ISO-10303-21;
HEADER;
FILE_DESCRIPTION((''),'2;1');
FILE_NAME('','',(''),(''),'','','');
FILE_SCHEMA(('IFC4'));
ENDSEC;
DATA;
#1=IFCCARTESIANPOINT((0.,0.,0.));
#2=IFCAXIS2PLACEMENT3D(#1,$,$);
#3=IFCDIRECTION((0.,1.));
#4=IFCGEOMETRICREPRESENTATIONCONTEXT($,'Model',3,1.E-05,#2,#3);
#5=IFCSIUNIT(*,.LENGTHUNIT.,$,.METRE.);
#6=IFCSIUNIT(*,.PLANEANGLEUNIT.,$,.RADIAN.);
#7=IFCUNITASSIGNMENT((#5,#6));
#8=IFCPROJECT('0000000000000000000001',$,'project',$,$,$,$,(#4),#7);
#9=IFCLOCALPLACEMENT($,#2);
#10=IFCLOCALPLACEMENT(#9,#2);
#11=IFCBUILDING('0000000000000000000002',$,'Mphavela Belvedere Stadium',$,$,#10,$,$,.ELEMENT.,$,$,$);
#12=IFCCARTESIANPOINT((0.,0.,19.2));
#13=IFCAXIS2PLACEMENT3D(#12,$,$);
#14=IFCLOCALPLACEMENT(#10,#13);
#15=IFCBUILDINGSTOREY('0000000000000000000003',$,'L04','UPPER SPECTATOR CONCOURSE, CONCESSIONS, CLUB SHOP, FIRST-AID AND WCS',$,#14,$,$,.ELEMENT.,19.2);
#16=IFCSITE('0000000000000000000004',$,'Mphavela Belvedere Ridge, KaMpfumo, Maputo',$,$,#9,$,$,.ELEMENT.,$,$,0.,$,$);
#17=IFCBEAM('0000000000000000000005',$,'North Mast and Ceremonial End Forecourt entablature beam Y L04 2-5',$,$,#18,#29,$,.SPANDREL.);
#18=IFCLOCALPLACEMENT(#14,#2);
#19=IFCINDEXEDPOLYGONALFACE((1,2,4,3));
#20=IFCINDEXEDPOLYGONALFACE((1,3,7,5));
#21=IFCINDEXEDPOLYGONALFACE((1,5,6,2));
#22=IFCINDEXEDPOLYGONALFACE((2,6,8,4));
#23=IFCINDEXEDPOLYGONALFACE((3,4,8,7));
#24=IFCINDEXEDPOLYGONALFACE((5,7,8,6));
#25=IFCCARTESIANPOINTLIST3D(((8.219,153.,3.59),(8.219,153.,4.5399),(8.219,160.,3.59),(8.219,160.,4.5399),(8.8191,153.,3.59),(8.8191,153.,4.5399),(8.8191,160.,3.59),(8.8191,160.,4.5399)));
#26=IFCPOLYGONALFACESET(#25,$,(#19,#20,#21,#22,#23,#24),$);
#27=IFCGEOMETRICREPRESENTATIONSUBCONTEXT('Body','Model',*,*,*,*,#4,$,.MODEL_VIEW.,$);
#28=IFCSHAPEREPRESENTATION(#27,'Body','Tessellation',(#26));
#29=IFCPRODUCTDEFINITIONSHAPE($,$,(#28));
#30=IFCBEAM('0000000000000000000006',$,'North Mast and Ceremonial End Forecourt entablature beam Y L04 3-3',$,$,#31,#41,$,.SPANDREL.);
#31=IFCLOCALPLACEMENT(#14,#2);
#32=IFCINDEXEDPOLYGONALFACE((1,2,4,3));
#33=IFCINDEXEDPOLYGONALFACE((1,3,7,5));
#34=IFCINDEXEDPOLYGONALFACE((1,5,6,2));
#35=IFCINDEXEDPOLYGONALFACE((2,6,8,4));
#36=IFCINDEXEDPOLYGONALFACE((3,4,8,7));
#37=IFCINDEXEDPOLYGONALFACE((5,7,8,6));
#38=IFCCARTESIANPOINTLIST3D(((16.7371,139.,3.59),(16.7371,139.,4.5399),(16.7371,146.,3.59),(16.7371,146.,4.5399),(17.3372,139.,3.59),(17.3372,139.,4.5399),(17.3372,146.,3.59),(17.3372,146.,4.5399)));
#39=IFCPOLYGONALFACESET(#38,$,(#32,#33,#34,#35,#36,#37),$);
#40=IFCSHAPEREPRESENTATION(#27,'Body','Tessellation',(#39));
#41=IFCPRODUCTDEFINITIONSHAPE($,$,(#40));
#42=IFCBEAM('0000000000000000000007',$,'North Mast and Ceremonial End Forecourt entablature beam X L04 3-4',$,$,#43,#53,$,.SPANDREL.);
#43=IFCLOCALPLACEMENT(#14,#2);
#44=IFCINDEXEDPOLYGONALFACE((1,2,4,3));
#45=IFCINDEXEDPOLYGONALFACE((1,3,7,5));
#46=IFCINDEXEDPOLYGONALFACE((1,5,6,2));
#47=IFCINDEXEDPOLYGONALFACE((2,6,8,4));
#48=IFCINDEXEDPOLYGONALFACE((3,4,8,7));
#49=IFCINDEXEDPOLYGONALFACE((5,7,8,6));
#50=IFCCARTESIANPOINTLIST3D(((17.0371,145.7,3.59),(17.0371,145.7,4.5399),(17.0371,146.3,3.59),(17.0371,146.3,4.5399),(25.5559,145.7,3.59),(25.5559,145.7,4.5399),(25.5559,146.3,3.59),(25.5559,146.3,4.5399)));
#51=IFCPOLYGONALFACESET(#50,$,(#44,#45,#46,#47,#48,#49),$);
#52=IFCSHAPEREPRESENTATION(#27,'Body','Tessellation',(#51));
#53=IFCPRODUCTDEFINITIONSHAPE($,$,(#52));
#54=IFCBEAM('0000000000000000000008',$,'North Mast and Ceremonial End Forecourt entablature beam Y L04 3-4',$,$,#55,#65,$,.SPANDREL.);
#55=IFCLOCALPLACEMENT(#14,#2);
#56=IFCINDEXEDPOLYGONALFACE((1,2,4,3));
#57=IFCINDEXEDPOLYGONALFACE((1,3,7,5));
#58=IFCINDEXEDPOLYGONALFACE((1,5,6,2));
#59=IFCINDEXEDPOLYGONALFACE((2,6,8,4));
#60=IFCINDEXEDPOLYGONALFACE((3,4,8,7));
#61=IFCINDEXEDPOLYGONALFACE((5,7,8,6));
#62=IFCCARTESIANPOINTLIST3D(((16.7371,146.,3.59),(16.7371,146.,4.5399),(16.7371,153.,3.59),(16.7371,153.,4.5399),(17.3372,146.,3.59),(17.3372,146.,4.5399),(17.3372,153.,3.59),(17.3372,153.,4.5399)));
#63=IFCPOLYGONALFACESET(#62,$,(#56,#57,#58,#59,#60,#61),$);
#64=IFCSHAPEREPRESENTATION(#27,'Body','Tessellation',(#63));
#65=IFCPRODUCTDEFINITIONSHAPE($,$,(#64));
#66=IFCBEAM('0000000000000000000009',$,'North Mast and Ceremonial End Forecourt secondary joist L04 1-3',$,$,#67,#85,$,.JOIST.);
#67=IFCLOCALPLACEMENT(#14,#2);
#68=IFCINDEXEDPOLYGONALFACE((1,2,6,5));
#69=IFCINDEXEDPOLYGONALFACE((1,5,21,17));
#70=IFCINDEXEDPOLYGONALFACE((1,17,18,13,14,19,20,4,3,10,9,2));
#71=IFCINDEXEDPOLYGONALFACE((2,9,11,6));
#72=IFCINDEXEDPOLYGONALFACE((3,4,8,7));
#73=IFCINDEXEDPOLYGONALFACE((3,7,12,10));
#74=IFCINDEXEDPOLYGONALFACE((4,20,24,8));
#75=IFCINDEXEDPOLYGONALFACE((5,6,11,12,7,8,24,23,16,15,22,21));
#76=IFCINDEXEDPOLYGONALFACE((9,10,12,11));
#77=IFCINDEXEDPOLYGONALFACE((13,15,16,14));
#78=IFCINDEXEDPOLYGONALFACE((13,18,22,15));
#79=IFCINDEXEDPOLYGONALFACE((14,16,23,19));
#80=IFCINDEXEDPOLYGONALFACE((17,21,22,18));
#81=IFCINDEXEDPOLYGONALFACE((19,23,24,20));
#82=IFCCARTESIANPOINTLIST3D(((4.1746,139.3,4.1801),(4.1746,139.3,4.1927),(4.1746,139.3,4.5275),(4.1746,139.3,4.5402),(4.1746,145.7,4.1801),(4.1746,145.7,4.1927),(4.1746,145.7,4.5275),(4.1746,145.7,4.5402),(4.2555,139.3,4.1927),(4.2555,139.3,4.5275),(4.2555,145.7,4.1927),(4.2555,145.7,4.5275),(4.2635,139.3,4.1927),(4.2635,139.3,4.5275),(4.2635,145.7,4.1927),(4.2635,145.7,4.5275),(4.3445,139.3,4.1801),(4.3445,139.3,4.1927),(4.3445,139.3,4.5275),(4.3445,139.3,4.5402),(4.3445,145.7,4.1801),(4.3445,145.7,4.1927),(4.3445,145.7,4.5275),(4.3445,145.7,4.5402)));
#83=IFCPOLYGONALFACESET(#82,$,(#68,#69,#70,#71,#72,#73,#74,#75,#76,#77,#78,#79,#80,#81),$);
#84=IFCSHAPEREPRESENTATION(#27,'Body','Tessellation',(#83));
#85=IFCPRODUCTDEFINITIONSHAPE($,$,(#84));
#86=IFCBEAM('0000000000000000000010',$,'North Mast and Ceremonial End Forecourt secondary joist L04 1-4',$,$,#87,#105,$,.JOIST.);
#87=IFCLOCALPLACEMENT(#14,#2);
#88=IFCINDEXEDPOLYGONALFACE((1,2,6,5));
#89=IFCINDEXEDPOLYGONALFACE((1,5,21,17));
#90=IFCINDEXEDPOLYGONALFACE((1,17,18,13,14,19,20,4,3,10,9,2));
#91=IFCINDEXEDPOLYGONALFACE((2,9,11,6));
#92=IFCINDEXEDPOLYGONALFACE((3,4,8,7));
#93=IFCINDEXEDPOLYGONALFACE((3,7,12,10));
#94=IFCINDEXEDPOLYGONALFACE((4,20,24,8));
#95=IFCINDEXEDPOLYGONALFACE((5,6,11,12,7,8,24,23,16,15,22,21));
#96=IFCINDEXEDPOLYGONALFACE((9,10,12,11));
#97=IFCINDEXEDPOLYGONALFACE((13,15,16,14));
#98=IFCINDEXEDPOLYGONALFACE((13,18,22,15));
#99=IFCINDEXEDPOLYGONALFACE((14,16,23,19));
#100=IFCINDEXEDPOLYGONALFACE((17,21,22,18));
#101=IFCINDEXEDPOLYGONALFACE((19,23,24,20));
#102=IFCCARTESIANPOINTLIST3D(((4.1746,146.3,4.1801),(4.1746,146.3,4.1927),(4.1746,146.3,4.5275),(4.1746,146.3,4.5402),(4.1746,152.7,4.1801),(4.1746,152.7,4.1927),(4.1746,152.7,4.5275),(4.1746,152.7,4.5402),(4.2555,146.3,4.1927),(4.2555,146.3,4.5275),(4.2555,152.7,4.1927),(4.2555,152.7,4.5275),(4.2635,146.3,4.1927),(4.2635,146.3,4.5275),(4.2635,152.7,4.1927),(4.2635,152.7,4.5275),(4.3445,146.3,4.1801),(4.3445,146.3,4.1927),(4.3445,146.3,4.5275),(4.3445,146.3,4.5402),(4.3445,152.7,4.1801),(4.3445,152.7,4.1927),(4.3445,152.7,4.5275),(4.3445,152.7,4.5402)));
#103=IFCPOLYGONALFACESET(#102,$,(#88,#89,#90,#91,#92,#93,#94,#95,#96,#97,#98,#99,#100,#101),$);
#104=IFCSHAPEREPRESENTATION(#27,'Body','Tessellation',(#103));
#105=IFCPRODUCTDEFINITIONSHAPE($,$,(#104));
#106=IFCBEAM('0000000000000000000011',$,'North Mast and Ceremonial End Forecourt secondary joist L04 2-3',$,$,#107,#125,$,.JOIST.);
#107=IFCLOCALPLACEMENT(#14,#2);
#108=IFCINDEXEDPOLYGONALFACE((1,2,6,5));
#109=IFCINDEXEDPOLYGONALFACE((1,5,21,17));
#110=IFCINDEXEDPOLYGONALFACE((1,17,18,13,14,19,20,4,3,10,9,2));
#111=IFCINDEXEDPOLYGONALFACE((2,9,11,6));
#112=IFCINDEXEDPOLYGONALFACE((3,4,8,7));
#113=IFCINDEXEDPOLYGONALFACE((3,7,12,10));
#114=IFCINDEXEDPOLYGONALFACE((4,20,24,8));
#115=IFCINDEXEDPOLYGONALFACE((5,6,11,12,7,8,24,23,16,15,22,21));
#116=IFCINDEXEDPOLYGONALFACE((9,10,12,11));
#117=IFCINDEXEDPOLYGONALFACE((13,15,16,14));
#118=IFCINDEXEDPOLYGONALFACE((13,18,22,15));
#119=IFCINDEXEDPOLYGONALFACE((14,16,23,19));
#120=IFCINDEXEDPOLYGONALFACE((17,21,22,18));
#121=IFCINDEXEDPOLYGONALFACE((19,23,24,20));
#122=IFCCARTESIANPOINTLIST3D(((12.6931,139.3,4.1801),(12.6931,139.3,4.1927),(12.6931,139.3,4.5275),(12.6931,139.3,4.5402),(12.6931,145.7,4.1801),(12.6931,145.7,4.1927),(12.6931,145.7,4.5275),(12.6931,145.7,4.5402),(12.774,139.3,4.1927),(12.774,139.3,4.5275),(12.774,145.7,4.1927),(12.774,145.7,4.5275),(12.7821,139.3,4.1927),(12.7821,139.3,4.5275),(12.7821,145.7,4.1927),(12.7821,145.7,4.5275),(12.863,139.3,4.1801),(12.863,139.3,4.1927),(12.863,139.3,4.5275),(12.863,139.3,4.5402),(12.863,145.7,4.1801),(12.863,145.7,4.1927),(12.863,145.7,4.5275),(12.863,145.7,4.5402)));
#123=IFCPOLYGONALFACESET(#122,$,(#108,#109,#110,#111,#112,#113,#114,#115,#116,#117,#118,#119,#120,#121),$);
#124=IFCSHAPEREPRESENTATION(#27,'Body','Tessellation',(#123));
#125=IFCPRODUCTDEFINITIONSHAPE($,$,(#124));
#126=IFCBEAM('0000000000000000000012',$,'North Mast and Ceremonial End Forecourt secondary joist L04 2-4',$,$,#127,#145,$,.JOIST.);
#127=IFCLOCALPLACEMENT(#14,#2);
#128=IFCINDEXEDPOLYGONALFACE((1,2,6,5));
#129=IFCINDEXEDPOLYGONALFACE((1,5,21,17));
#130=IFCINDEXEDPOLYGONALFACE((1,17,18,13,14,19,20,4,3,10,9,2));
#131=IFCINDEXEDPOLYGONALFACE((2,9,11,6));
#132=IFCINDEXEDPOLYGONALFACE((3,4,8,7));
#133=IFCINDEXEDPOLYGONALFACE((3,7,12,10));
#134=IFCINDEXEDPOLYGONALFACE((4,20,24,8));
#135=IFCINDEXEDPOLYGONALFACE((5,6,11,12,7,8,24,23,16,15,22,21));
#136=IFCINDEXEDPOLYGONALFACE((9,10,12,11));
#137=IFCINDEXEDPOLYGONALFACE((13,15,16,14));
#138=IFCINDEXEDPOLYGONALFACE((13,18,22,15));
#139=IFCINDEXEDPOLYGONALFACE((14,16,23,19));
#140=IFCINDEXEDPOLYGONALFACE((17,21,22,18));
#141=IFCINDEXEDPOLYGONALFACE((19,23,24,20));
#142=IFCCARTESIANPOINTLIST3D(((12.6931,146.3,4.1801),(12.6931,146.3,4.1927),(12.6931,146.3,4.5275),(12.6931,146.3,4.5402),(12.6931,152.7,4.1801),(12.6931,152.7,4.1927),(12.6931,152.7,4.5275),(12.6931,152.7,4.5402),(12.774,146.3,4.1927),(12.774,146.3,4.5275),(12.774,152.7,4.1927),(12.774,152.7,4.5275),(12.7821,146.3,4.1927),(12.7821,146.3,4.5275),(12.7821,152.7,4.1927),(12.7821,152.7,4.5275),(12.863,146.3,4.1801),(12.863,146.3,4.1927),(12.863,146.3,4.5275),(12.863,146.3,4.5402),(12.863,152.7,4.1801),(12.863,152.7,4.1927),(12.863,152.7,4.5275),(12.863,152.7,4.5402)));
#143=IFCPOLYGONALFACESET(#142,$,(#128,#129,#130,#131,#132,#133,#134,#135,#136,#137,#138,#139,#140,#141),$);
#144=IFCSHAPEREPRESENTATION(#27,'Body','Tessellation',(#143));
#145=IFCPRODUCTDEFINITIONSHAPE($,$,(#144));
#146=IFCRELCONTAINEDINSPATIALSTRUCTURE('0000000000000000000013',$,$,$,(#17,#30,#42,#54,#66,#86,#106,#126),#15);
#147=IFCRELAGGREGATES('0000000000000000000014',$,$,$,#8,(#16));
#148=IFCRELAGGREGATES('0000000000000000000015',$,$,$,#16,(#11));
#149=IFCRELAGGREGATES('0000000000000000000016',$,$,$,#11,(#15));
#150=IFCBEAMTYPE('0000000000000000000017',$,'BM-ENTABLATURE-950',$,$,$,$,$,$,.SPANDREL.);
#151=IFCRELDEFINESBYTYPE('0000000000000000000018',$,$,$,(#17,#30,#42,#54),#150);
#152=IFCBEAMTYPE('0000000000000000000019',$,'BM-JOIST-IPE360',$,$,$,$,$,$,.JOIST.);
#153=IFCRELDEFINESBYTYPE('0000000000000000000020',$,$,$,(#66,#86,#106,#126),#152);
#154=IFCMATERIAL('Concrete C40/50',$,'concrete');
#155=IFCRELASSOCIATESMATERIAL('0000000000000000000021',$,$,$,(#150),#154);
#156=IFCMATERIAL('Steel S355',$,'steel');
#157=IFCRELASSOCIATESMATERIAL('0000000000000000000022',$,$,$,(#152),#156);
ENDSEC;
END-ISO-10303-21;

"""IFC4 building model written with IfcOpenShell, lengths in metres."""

from ifc_helpers import new_model, si_unit, direction, frame, origin, origin_2d, place, context, subcontext, project, spatial, rectangle, i_section, extrude, material, material_profile, profile_set, type_object, element, save


model = new_model("IFC4")

# Units and contexts
model_context = context("Model", 3, precision=1e-05, world=origin(), true_north=direction((0.0, 1.0)))
body_context = subcontext(model_context, "Body", "Model", "MODEL_VIEW")
ifc_project = project(units=[si_unit("LENGTHUNIT", "METRE"), si_unit("PLANEANGLEUNIT", "RADIAN")], contexts=[model_context])

# Site, building, storey
site_placement = place(None, origin())
site = spatial("IfcSite", under=ifc_project, at=site_placement, Name="Mphavela Belvedere Ridge, KaMpfumo, Maputo", CompositionType="ELEMENT", RefElevation=0.0)
building_placement = place(site_placement, origin())
building = spatial("IfcBuilding", under=site, at=building_placement, Name="Mphavela Belvedere Stadium", CompositionType="ELEMENT")
storey_placement = place(building_placement, frame((0.0, 0.0, 19.2)))
storey = spatial("IfcBuildingStorey", under=building, at=storey_placement, Name="L04", Description="UPPER SPECTATOR CONCOURSE, CONCESSIONS, CLUB SHOP, FIRST-AID AND WCS", CompositionType="ELEMENT", Elevation=19.2)

# Beams
ifc_material_1 = material(Name="Concrete C40/50", Category="concrete")
ifc_material_profile_1 = material_profile(ifc_material_1, rectangle(XDim=0.6001, YDim=0.95, at=origin_2d()), Name="RC 600x950")
ifc_profile_set_1 = profile_set([ifc_material_profile_1], Name="Concrete C40/50")
beam_type_1 = type_object("IfcBeamType", Name="BM-ENTABLATURE-950", PredefinedType="SPANDREL", material=ifc_profile_set_1)
for number, where, z_axis, x_axis, name in (
    (1, (8.519, 153.0, 4.0649), (0.0, 1.0, 0.0), (-1.0, 0.0, 0.0), "North Mast and Ceremonial End Forecourt entablature beam Y L04 2-5"),
    (2, (17.0371, 139.0, 4.0649), (0.0, 1.0, 0.0), (-1.0, 0.0, 0.0), "North Mast and Ceremonial End Forecourt entablature beam Y L04 3-3"),
):
    element("IfcBeam", number, at=place(storey_placement, frame(where, z_axis=z_axis, x_axis=x_axis)), inside=storey, type_object=beam_type_1, Name=name, PredefinedType="SPANDREL", context=body_context, shape_type="SweptSolid", body=[
        extrude(rectangle(XDim=0.6001, YDim=0.95, at=origin_2d()), origin(), (0.0, 0.0, 1.0), 7.0),
    ])
beam_1_placement = place(storey_placement, frame((17.0371, 146.0, 4.0649), z_axis=(1.0, 0.0, 0.0), x_axis=(0.0, 1.0, 0.0)))
element("IfcBeam", 3, at=beam_1_placement, inside=storey, type_object=beam_type_1, Name="North Mast and Ceremonial End Forecourt entablature beam X L04 3-4", PredefinedType="SPANDREL", context=body_context, shape_type="SweptSolid", body=[
    extrude(rectangle(XDim=0.6001, YDim=0.95, at=origin_2d()), origin(), (0.0, 0.0, 1.0), 8.5188),
])
beam_2_placement = place(storey_placement, frame((17.0371, 146.0, 4.0649), z_axis=(0.0, 1.0, 0.0), x_axis=(-1.0, 0.0, 0.0)))
element("IfcBeam", 4, at=beam_2_placement, inside=storey, type_object=beam_type_1, Name="North Mast and Ceremonial End Forecourt entablature beam Y L04 3-4", PredefinedType="SPANDREL", context=body_context, shape_type="SweptSolid", body=[
    extrude(rectangle(XDim=0.6001, YDim=0.95, at=origin_2d()), origin(), (0.0, 0.0, 1.0), 7.0),
])
ifc_material_2 = material(Name="Steel S355", Category="steel")
ifc_material_profile_2 = material_profile(ifc_material_2, i_section(OverallWidth=0.1699, OverallDepth=0.3601, WebThickness=0.0081, FlangeThickness=0.0127, at=origin_2d()), Name="IPE 360")
ifc_profile_set_2 = profile_set([ifc_material_profile_2], Name="Steel S355")
beam_type_2 = type_object("IfcBeamType", Name="BM-JOIST-IPE360", PredefinedType="JOIST", material=ifc_profile_set_2)
for number, where, z_axis, x_axis, name in (
    (5, (4.2595, 139.3, 4.3601), (0.0, 1.0, 0.0), (-1.0, 0.0, 0.0), "North Mast and Ceremonial End Forecourt secondary joist L04 1-3"),
    (6, (4.2595, 146.3, 4.3601), (0.0, 1.0, 0.0), (-1.0, 0.0, 0.0), "North Mast and Ceremonial End Forecourt secondary joist L04 1-4"),
    (7, (12.7781, 139.3, 4.3601), (0.0, 1.0, 0.0), (-1.0, 0.0, 0.0), "North Mast and Ceremonial End Forecourt secondary joist L04 2-3"),
    (8, (12.7781, 146.3, 4.3601), (0.0, 1.0, 0.0), (-1.0, 0.0, 0.0), "North Mast and Ceremonial End Forecourt secondary joist L04 2-4"),
):
    element("IfcBeam", number, at=place(storey_placement, frame(where, z_axis=z_axis, x_axis=x_axis)), inside=storey, type_object=beam_type_2, Name=name, PredefinedType="JOIST", context=body_context, shape_type="SweptSolid", body=[
        extrude(i_section(OverallWidth=0.1699, OverallDepth=0.3601, WebThickness=0.0081, FlangeThickness=0.0127, at=origin_2d()), origin(), (0.0, 0.0, 1.0), 6.3999),
    ])

save(model, "model.ifc")
